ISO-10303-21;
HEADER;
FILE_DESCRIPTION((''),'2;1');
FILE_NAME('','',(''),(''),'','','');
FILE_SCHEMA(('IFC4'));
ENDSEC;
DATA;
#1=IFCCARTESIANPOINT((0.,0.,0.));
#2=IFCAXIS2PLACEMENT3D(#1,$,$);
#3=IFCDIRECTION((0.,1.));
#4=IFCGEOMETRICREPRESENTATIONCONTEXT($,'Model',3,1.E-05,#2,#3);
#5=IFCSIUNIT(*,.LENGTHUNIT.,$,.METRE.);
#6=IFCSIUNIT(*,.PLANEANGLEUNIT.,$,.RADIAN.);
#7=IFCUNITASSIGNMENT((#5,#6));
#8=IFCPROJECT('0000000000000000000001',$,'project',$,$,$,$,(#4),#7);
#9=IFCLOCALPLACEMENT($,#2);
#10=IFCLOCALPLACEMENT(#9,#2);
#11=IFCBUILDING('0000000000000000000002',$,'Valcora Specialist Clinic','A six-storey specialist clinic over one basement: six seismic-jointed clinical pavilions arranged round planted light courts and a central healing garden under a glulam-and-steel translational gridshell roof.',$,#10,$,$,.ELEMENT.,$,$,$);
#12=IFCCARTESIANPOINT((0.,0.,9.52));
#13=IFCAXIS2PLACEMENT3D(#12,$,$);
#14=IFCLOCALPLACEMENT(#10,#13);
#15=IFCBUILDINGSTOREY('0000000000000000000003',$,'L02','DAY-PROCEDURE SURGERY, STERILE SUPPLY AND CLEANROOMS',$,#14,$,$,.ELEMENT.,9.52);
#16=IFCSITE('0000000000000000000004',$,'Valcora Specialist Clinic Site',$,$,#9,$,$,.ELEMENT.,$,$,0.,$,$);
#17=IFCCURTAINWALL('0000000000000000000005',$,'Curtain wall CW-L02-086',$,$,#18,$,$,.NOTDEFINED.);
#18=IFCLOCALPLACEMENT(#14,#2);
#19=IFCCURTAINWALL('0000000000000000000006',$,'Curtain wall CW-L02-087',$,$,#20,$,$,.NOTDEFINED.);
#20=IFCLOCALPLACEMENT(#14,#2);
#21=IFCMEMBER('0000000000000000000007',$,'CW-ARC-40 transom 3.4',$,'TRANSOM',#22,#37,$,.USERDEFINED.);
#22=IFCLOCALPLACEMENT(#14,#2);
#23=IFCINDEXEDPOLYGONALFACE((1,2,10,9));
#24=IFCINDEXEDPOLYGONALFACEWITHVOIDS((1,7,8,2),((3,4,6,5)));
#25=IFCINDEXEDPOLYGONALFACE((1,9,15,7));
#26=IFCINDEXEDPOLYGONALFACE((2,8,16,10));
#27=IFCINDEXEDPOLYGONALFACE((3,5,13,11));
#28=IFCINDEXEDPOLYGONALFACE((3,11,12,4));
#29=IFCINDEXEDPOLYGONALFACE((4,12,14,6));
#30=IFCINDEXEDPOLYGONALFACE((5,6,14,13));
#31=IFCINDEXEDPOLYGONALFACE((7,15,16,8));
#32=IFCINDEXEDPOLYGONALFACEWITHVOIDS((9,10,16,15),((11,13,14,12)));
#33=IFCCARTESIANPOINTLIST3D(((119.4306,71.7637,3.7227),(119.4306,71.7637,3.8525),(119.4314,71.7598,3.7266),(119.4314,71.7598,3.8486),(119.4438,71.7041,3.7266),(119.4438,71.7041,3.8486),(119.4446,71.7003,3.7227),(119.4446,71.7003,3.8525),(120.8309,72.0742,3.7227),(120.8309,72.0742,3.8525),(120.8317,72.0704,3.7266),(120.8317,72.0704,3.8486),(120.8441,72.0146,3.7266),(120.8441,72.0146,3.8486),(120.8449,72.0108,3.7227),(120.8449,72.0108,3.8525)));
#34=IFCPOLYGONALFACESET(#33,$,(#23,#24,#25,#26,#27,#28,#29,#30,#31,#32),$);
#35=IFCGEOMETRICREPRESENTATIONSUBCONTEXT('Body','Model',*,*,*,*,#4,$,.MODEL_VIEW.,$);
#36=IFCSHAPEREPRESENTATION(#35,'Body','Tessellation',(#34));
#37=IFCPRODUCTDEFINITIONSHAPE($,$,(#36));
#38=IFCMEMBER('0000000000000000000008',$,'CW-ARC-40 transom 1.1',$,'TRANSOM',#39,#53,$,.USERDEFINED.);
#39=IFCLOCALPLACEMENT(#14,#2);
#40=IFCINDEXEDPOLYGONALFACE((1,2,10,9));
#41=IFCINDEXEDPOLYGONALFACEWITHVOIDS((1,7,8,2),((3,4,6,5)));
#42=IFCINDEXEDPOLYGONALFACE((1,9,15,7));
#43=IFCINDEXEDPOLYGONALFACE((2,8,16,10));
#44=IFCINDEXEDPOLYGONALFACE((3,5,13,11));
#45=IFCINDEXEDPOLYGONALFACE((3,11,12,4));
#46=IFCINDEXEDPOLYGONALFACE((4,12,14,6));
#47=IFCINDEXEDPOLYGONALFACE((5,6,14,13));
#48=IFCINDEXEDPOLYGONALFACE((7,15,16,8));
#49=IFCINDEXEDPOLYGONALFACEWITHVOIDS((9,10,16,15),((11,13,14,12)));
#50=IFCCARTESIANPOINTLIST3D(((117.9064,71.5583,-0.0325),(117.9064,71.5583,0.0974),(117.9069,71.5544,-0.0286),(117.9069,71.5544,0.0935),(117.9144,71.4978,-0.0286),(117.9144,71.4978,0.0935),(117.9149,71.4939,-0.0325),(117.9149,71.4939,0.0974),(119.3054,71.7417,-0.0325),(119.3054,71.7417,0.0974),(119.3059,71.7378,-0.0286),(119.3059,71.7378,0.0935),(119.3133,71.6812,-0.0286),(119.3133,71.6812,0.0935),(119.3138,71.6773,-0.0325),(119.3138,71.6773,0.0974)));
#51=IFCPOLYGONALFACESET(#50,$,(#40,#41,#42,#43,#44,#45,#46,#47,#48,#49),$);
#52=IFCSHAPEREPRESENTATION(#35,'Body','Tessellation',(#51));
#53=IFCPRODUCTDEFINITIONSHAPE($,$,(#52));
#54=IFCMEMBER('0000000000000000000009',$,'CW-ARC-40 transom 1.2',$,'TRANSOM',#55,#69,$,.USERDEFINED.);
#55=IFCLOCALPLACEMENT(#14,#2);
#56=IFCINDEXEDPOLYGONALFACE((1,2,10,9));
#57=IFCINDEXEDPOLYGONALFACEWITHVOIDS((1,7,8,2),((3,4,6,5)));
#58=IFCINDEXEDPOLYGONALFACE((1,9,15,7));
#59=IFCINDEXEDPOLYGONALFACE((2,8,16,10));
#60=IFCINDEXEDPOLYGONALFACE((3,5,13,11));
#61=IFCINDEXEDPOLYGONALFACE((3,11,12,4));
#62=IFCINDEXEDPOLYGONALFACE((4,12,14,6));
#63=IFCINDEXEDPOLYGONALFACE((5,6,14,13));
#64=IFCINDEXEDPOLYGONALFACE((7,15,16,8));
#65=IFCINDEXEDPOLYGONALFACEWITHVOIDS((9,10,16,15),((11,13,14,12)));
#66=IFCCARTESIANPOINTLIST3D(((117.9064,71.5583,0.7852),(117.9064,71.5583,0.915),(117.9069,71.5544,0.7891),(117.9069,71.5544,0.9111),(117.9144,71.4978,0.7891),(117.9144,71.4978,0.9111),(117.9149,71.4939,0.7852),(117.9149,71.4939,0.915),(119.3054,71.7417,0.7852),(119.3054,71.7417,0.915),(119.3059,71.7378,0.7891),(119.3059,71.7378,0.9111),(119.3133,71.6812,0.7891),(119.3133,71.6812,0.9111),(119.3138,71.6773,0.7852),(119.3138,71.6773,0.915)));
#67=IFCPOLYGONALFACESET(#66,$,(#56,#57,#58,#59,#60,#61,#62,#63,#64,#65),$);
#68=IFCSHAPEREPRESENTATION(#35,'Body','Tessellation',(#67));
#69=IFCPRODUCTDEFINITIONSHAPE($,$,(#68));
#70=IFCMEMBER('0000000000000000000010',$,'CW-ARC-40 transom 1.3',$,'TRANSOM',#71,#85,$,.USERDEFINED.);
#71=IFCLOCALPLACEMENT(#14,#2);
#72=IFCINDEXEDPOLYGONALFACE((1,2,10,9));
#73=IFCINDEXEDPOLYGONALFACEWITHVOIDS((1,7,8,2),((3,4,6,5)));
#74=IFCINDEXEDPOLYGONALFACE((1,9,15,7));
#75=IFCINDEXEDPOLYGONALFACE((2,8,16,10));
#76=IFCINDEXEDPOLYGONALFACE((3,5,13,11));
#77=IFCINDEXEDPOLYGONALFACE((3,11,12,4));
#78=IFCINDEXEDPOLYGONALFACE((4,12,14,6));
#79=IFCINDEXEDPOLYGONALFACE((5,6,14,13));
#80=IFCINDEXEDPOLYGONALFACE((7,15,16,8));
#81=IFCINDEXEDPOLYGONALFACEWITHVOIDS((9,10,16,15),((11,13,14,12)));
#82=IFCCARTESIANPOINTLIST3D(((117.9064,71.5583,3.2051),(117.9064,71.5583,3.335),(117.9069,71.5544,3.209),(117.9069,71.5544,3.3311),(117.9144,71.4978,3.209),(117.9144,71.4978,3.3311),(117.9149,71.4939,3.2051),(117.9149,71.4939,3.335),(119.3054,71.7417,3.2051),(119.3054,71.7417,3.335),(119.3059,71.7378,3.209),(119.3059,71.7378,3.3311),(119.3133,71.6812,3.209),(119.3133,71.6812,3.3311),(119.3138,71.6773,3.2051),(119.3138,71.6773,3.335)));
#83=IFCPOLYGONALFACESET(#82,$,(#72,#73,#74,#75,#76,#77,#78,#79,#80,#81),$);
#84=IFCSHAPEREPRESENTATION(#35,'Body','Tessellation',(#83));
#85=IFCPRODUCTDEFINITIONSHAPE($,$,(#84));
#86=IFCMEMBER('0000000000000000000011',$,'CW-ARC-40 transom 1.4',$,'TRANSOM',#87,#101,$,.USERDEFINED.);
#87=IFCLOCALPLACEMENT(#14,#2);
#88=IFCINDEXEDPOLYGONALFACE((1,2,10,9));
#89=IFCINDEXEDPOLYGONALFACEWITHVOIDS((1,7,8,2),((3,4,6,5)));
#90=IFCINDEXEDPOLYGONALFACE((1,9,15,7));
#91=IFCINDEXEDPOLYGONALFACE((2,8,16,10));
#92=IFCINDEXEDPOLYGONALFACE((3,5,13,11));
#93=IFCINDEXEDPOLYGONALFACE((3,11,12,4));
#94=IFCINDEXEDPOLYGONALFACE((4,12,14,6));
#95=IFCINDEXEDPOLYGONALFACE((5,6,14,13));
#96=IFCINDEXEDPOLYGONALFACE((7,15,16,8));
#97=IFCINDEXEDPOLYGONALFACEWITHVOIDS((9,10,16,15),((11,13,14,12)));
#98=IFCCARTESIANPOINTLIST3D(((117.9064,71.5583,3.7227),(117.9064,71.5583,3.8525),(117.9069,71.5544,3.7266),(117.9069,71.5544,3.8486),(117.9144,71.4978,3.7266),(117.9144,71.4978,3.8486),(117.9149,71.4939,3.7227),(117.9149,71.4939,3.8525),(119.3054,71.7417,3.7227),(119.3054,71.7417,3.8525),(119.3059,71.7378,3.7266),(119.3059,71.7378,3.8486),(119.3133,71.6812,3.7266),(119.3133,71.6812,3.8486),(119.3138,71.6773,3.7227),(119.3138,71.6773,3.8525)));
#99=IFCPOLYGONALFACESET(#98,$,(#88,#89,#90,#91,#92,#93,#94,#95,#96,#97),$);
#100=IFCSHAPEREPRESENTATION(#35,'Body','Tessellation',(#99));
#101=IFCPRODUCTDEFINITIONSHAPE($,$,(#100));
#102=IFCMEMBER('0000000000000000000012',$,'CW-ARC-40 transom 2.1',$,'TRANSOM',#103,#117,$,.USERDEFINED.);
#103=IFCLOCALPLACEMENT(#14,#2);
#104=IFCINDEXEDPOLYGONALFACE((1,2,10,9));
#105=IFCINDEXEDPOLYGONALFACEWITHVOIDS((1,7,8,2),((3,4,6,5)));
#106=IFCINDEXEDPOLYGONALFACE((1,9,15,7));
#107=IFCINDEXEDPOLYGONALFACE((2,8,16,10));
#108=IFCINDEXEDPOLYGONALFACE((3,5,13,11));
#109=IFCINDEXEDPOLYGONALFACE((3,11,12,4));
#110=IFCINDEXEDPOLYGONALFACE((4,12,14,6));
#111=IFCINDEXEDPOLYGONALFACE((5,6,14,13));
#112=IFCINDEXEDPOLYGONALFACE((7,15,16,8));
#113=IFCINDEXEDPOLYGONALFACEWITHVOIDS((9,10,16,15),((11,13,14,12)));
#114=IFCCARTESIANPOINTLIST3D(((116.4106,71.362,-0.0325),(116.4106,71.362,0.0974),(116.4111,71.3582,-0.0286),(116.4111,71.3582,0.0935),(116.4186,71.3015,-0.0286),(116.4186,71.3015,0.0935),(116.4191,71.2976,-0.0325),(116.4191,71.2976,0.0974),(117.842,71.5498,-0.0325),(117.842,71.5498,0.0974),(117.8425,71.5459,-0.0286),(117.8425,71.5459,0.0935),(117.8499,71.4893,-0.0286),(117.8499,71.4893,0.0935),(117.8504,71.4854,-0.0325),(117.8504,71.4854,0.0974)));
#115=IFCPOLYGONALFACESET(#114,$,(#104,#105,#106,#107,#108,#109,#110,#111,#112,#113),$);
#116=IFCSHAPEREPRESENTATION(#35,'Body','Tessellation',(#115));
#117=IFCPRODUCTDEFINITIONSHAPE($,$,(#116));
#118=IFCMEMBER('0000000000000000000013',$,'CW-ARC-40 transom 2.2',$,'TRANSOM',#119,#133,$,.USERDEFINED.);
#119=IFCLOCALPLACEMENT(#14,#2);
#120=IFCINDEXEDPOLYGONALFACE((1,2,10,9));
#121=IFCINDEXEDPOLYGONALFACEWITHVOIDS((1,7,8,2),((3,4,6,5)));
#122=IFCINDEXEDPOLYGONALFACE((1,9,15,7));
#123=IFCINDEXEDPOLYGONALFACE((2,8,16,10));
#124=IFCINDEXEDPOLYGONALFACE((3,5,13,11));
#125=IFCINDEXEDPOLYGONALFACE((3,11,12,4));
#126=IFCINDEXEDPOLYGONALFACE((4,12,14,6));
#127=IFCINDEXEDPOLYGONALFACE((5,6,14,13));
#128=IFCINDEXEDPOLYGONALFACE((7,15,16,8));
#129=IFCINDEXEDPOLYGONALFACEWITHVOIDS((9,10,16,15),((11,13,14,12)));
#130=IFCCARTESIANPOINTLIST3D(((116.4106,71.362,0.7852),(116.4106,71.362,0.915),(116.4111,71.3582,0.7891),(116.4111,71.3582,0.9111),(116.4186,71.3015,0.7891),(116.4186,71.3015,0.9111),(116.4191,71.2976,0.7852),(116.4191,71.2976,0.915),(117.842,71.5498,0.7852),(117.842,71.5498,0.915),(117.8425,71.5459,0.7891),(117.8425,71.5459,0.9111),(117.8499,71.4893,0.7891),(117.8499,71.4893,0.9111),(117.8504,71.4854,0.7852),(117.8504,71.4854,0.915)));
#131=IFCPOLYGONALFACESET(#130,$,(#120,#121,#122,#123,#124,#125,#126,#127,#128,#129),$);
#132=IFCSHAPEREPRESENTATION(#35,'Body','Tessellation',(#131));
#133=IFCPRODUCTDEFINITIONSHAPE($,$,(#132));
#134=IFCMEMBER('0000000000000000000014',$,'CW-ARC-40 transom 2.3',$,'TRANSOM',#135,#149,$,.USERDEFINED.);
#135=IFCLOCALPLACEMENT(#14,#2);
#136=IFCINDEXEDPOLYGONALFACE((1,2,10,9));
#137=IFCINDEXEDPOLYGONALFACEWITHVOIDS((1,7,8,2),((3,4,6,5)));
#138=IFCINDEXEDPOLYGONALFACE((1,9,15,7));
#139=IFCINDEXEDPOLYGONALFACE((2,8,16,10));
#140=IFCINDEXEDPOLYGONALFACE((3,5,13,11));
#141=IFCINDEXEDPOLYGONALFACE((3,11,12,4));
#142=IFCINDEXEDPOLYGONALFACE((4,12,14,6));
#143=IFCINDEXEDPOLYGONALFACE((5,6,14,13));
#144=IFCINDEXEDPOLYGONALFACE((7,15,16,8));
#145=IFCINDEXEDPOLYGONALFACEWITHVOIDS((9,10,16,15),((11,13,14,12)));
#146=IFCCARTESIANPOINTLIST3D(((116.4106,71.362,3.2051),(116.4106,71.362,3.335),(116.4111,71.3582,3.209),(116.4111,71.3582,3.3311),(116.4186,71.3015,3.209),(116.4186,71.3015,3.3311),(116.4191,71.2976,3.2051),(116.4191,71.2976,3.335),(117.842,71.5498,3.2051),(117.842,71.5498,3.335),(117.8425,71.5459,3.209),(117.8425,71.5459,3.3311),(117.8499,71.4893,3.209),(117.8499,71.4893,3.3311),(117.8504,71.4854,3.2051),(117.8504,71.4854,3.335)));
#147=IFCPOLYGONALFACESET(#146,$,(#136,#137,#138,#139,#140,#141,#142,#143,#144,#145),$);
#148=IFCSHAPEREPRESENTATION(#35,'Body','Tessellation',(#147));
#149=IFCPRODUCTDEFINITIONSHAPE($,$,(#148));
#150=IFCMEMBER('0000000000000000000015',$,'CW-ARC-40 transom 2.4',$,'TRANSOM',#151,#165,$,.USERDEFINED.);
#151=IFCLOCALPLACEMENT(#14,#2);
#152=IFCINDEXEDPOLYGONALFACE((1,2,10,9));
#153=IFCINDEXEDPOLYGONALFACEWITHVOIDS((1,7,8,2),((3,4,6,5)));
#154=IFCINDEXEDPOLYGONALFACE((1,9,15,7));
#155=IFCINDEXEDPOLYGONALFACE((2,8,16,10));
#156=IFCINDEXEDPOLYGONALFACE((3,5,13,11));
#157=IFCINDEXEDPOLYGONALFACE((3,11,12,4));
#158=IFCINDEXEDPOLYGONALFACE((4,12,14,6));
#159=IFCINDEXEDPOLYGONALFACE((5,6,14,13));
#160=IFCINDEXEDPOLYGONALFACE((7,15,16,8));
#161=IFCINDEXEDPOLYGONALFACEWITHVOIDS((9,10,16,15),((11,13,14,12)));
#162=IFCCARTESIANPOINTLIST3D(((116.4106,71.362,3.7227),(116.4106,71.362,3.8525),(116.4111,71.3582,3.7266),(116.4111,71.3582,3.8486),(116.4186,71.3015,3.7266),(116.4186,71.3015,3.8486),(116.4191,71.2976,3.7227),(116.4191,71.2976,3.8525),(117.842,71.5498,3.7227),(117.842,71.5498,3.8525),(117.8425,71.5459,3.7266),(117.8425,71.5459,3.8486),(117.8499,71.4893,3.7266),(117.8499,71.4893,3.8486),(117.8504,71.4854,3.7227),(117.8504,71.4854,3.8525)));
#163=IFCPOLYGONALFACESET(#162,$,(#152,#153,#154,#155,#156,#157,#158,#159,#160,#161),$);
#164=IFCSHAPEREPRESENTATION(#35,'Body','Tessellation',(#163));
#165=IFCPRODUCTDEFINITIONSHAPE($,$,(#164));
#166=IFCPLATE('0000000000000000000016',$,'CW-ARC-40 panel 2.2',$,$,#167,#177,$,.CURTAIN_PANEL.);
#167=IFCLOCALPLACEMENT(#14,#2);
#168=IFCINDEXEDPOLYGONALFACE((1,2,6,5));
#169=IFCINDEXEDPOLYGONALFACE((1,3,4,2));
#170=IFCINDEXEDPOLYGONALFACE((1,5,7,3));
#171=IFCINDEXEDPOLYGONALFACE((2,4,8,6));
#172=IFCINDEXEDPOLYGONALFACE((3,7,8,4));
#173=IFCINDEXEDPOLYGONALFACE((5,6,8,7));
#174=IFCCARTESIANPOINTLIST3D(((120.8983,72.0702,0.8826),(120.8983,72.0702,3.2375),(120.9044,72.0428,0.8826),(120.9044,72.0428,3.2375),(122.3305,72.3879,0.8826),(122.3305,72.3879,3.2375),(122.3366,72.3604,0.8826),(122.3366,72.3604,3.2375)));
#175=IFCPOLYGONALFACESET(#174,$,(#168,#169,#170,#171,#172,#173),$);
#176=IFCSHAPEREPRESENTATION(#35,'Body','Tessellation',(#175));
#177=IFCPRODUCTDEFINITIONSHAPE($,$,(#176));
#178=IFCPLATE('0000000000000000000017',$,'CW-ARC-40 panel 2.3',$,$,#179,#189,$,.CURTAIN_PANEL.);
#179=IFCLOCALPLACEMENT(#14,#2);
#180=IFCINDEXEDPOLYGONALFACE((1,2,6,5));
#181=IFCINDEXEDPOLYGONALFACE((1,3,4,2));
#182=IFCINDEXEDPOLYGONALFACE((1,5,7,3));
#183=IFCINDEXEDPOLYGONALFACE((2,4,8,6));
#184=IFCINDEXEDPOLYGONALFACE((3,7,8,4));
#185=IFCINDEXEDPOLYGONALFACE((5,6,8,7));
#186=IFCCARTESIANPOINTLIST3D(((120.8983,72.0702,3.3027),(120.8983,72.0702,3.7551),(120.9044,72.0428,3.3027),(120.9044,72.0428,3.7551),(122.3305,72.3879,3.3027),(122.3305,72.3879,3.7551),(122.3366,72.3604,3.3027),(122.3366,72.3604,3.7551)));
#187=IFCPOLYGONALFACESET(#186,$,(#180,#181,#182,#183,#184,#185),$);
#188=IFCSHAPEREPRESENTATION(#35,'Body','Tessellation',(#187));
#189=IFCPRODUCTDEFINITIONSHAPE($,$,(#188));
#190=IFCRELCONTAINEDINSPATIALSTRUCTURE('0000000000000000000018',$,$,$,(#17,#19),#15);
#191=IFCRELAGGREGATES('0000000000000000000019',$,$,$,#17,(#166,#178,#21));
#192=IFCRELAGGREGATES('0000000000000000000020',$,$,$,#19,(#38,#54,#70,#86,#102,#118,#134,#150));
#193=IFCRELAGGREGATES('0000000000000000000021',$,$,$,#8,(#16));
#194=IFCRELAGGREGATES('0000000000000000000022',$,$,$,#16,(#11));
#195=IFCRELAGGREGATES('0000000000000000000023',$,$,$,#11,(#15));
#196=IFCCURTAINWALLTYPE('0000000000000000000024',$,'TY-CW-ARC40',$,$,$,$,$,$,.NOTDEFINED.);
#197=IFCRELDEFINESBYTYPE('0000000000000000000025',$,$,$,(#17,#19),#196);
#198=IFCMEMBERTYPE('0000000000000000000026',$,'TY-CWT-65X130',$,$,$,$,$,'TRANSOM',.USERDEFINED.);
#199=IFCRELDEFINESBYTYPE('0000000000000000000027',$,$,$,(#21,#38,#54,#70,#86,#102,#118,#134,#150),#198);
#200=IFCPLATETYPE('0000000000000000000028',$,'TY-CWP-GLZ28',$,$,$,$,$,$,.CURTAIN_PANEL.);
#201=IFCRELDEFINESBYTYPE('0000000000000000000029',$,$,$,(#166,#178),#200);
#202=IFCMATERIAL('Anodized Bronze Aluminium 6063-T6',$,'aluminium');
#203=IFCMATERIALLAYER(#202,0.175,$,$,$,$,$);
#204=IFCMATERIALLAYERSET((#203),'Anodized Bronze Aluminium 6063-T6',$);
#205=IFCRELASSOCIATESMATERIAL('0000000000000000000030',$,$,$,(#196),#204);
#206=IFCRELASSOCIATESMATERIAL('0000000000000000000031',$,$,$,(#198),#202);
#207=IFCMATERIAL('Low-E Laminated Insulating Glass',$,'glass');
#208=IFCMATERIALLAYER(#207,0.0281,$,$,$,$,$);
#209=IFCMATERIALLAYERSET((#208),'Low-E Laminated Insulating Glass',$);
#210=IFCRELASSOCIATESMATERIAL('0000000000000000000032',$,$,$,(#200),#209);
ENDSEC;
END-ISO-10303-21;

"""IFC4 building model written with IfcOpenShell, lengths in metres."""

from ifc_helpers import new_model, si_unit, direction, frame, origin, origin_2d, place, context, subcontext, project, spatial, rectangle, hollow_rectangle, extrude, material, layer, layer_set, material_profile, profile_set, type_object, element, aggregate, save


model = new_model("IFC4")

# Units and contexts
model_context = context("Model", 3, precision=1e-05, world=origin(), true_north=direction((0.0, 1.0)))
body_context = subcontext(model_context, "Body", "Model", "MODEL_VIEW")
ifc_project = project(units=[si_unit("LENGTHUNIT", "METRE"), si_unit("PLANEANGLEUNIT", "RADIAN")], contexts=[model_context])

# Site, building, storey
site_placement = place(None, origin())
site = spatial("IfcSite", under=ifc_project, at=site_placement, Name="Valcora Specialist Clinic Site", CompositionType="ELEMENT", RefElevation=0.0)
building_placement = place(site_placement, origin())
building = spatial("IfcBuilding", under=site, at=building_placement, Name="Valcora Specialist Clinic", Description="A six-storey specialist clinic over one basement: six seismic-jointed clinical pavilions arranged round planted light courts and a central healing garden under a glulam-and-steel translational gridshell roof.", CompositionType="ELEMENT")
storey_placement = place(building_placement, frame((0.0, 0.0, 9.52)))
storey = spatial("IfcBuildingStorey", under=building, at=storey_placement, Name="L02", Description="DAY-PROCEDURE SURGERY, STERILE SUPPLY AND CLEANROOMS", CompositionType="ELEMENT", Elevation=9.52)

# Curtain walls
ifc_material_1 = material(Name="Anodized Bronze Aluminium 6063-T6", Category="aluminium")
ifc_layer_1 = layer(ifc_material_1, 0.175)
ifc_layer_set_1 = layer_set([ifc_layer_1], Name="Anodized Bronze Aluminium 6063-T6")
curtain_wall_type = type_object("IfcCurtainWallType", Name="TY-CW-ARC40", PredefinedType="NOTDEFINED", material=ifc_layer_set_1)
curtain_wall_1_placement = place(storey_placement, origin())
curtain_wall_1 = element("IfcCurtainWall", 1, at=curtain_wall_1_placement, inside=storey, type_object=curtain_wall_type, Name="Curtain wall CW-L02-086", PredefinedType="NOTDEFINED")
curtain_wall_2_placement = place(storey_placement, origin())
curtain_wall_2 = element("IfcCurtainWall", 2, at=curtain_wall_2_placement, inside=storey, type_object=curtain_wall_type, Name="Curtain wall CW-L02-087", PredefinedType="NOTDEFINED")

# Members
ifc_material_profile_1 = material_profile(ifc_material_1, hollow_rectangle(XDim=0.0649, YDim=0.1299, WallThickness=0.0039, at=origin_2d()), Name="AL-TRN-65X130")
ifc_profile_set_1 = profile_set([ifc_material_profile_1], Name="Anodized Bronze Aluminium 6063-T6")
member_type_1 = type_object("IfcMemberType", Name="TY-CWT-65X130", ElementType="TRANSOM", PredefinedType="USERDEFINED", material=ifc_profile_set_1)
member_1_placement = place(storey_placement, frame((120.8379, 72.0425, 3.7876), z_axis=(-0.976283, -0.216498, 0.0), x_axis=(0.216498, -0.976283, 0.0)))
member_1 = element("IfcMember", 3, at=member_1_placement, type_object=member_type_1, Name="CW-ARC-40 transom 3.4", ObjectType="TRANSOM", PredefinedType="USERDEFINED", context=body_context, shape_type="SweptSolid", body=[
    extrude(hollow_rectangle(XDim=0.0649, YDim=0.1299, WallThickness=0.0039, at=origin_2d()), origin(), (0.0, 0.0, 1.0), 1.4343),
])
member_2_placement = place(storey_placement, frame((119.3096, 71.7095, 0.0325), z_axis=(-0.99152, -0.129953, 0.0), x_axis=(0.129953, -0.99152, 0.0)))
member_2 = element("IfcMember", 4, at=member_2_placement, type_object=member_type_1, Name="CW-ARC-40 transom 1.1", ObjectType="TRANSOM", PredefinedType="USERDEFINED", context=body_context, shape_type="SweptSolid", body=[
    extrude(hollow_rectangle(XDim=0.0649, YDim=0.1299, WallThickness=0.0039, at=origin_2d()), origin(), (0.0, 0.0, 1.0), 1.4109),
])
member_3_placement = place(storey_placement, frame((119.3096, 71.7095, 0.8501), z_axis=(-0.99152, -0.129953, 0.0), x_axis=(0.129953, -0.99152, 0.0)))
member_3 = element("IfcMember", 5, at=member_3_placement, type_object=member_type_1, Name="CW-ARC-40 transom 1.2", ObjectType="TRANSOM", PredefinedType="USERDEFINED", context=body_context, shape_type="SweptSolid", body=[
    extrude(hollow_rectangle(XDim=0.0649, YDim=0.1299, WallThickness=0.0039, at=origin_2d()), origin(), (0.0, 0.0, 1.0), 1.4109),
])
member_4_placement = place(storey_placement, frame((119.3096, 71.7095, 3.27), z_axis=(-0.99152, -0.129953, 0.0), x_axis=(0.129953, -0.99152, 0.0)))
member_4 = element("IfcMember", 6, at=member_4_placement, type_object=member_type_1, Name="CW-ARC-40 transom 1.3", ObjectType="TRANSOM", PredefinedType="USERDEFINED", context=body_context, shape_type="SweptSolid", body=[
    extrude(hollow_rectangle(XDim=0.0649, YDim=0.1299, WallThickness=0.0039, at=origin_2d()), origin(), (0.0, 0.0, 1.0), 1.4109),
])
member_5_placement = place(storey_placement, frame((119.3096, 71.7095, 3.7876), z_axis=(-0.99152, -0.129953, 0.0), x_axis=(0.129953, -0.99152, 0.0)))
member_5 = element("IfcMember", 7, at=member_5_placement, type_object=member_type_1, Name="CW-ARC-40 transom 1.4", ObjectType="TRANSOM", PredefinedType="USERDEFINED", context=body_context, shape_type="SweptSolid", body=[
    extrude(hollow_rectangle(XDim=0.0649, YDim=0.1299, WallThickness=0.0039, at=origin_2d()), origin(), (0.0, 0.0, 1.0), 1.4109),
])
member_6_placement = place(storey_placement, frame((117.8462, 71.5176, 0.0325), z_axis=(-0.991508, -0.130048, 0.0), x_axis=(0.130048, -0.991508, 0.0)))
member_6 = element("IfcMember", 8, at=member_6_placement, type_object=member_type_1, Name="CW-ARC-40 transom 2.1", ObjectType="TRANSOM", PredefinedType="USERDEFINED", context=body_context, shape_type="SweptSolid", body=[
    extrude(hollow_rectangle(XDim=0.0649, YDim=0.1299, WallThickness=0.0039, at=origin_2d()), origin(), (0.0, 0.0, 1.0), 1.4436),
])
member_7_placement = place(storey_placement, frame((117.8462, 71.5176, 0.8501), z_axis=(-0.991508, -0.130048, 0.0), x_axis=(0.130048, -0.991508, 0.0)))
member_7 = element("IfcMember", 9, at=member_7_placement, type_object=member_type_1, Name="CW-ARC-40 transom 2.2", ObjectType="TRANSOM", PredefinedType="USERDEFINED", context=body_context, shape_type="SweptSolid", body=[
    extrude(hollow_rectangle(XDim=0.0649, YDim=0.1299, WallThickness=0.0039, at=origin_2d()), origin(), (0.0, 0.0, 1.0), 1.4436),
])
member_8_placement = place(storey_placement, frame((117.8462, 71.5176, 3.27), z_axis=(-0.991508, -0.130048, 0.0), x_axis=(0.130048, -0.991508, 0.0)))
member_8 = element("IfcMember", 10, at=member_8_placement, type_object=member_type_1, Name="CW-ARC-40 transom 2.3", ObjectType="TRANSOM", PredefinedType="USERDEFINED", context=body_context, shape_type="SweptSolid", body=[
    extrude(hollow_rectangle(XDim=0.0649, YDim=0.1299, WallThickness=0.0039, at=origin_2d()), origin(), (0.0, 0.0, 1.0), 1.4436),
])
member_9_placement = place(storey_placement, frame((117.8462, 71.5176, 3.7876), z_axis=(-0.991508, -0.130048, 0.0), x_axis=(0.130048, -0.991508, 0.0)))
member_9 = element("IfcMember", 11, at=member_9_placement, type_object=member_type_1, Name="CW-ARC-40 transom 2.4", ObjectType="TRANSOM", PredefinedType="USERDEFINED", context=body_context, shape_type="SweptSolid", body=[
    extrude(hollow_rectangle(XDim=0.0649, YDim=0.1299, WallThickness=0.0039, at=origin_2d()), origin(), (0.0, 0.0, 1.0), 1.4436),
])

# Plates
ifc_material_2 = material(Name="Low-E Laminated Insulating Glass", Category="glass")
ifc_layer_2 = layer(ifc_material_2, 0.0281)
ifc_layer_set_2 = layer_set([ifc_layer_2], Name="Low-E Laminated Insulating Glass")
plate_type_1 = type_object("IfcPlateType", Name="TY-CWP-GLZ28", PredefinedType="CURTAIN_PANEL", material=ifc_layer_set_2)
plate_1_placement = place(storey_placement, frame((121.6174, 72.2153, 0.8826), z_axis=(0.0, 0.0, 1.0), x_axis=(-0.976279, -0.216518, 0.0)))
plate_1 = element("IfcPlate", 12, at=plate_1_placement, type_object=plate_type_1, Name="CW-ARC-40 panel 2.2", PredefinedType="CURTAIN_PANEL", context=body_context, shape_type="SweptSolid", body=[
    extrude(rectangle(XDim=1.467, YDim=0.0281, at=origin_2d()), origin(), (0.0, 0.0, 1.0), 2.355),
])
plate_2_placement = place(storey_placement, frame((121.6174, 72.2153, 3.3027), z_axis=(0.0, 0.0, 1.0), x_axis=(-0.976279, -0.216518, 0.0)))
plate_2 = element("IfcPlate", 13, at=plate_2_placement, type_object=plate_type_1, Name="CW-ARC-40 panel 2.3", PredefinedType="CURTAIN_PANEL", context=body_context, shape_type="SweptSolid", body=[
    extrude(rectangle(XDim=1.467, YDim=0.0281, at=origin_2d()), origin(), (0.0, 0.0, 1.0), 0.4524),
])
aggregate(curtain_wall_1, [plate_1, plate_2, member_1])
aggregate(curtain_wall_2, [member_2, member_3, member_4, member_5, member_6, member_7, member_8, member_9])

save(model, "model.ifc")
